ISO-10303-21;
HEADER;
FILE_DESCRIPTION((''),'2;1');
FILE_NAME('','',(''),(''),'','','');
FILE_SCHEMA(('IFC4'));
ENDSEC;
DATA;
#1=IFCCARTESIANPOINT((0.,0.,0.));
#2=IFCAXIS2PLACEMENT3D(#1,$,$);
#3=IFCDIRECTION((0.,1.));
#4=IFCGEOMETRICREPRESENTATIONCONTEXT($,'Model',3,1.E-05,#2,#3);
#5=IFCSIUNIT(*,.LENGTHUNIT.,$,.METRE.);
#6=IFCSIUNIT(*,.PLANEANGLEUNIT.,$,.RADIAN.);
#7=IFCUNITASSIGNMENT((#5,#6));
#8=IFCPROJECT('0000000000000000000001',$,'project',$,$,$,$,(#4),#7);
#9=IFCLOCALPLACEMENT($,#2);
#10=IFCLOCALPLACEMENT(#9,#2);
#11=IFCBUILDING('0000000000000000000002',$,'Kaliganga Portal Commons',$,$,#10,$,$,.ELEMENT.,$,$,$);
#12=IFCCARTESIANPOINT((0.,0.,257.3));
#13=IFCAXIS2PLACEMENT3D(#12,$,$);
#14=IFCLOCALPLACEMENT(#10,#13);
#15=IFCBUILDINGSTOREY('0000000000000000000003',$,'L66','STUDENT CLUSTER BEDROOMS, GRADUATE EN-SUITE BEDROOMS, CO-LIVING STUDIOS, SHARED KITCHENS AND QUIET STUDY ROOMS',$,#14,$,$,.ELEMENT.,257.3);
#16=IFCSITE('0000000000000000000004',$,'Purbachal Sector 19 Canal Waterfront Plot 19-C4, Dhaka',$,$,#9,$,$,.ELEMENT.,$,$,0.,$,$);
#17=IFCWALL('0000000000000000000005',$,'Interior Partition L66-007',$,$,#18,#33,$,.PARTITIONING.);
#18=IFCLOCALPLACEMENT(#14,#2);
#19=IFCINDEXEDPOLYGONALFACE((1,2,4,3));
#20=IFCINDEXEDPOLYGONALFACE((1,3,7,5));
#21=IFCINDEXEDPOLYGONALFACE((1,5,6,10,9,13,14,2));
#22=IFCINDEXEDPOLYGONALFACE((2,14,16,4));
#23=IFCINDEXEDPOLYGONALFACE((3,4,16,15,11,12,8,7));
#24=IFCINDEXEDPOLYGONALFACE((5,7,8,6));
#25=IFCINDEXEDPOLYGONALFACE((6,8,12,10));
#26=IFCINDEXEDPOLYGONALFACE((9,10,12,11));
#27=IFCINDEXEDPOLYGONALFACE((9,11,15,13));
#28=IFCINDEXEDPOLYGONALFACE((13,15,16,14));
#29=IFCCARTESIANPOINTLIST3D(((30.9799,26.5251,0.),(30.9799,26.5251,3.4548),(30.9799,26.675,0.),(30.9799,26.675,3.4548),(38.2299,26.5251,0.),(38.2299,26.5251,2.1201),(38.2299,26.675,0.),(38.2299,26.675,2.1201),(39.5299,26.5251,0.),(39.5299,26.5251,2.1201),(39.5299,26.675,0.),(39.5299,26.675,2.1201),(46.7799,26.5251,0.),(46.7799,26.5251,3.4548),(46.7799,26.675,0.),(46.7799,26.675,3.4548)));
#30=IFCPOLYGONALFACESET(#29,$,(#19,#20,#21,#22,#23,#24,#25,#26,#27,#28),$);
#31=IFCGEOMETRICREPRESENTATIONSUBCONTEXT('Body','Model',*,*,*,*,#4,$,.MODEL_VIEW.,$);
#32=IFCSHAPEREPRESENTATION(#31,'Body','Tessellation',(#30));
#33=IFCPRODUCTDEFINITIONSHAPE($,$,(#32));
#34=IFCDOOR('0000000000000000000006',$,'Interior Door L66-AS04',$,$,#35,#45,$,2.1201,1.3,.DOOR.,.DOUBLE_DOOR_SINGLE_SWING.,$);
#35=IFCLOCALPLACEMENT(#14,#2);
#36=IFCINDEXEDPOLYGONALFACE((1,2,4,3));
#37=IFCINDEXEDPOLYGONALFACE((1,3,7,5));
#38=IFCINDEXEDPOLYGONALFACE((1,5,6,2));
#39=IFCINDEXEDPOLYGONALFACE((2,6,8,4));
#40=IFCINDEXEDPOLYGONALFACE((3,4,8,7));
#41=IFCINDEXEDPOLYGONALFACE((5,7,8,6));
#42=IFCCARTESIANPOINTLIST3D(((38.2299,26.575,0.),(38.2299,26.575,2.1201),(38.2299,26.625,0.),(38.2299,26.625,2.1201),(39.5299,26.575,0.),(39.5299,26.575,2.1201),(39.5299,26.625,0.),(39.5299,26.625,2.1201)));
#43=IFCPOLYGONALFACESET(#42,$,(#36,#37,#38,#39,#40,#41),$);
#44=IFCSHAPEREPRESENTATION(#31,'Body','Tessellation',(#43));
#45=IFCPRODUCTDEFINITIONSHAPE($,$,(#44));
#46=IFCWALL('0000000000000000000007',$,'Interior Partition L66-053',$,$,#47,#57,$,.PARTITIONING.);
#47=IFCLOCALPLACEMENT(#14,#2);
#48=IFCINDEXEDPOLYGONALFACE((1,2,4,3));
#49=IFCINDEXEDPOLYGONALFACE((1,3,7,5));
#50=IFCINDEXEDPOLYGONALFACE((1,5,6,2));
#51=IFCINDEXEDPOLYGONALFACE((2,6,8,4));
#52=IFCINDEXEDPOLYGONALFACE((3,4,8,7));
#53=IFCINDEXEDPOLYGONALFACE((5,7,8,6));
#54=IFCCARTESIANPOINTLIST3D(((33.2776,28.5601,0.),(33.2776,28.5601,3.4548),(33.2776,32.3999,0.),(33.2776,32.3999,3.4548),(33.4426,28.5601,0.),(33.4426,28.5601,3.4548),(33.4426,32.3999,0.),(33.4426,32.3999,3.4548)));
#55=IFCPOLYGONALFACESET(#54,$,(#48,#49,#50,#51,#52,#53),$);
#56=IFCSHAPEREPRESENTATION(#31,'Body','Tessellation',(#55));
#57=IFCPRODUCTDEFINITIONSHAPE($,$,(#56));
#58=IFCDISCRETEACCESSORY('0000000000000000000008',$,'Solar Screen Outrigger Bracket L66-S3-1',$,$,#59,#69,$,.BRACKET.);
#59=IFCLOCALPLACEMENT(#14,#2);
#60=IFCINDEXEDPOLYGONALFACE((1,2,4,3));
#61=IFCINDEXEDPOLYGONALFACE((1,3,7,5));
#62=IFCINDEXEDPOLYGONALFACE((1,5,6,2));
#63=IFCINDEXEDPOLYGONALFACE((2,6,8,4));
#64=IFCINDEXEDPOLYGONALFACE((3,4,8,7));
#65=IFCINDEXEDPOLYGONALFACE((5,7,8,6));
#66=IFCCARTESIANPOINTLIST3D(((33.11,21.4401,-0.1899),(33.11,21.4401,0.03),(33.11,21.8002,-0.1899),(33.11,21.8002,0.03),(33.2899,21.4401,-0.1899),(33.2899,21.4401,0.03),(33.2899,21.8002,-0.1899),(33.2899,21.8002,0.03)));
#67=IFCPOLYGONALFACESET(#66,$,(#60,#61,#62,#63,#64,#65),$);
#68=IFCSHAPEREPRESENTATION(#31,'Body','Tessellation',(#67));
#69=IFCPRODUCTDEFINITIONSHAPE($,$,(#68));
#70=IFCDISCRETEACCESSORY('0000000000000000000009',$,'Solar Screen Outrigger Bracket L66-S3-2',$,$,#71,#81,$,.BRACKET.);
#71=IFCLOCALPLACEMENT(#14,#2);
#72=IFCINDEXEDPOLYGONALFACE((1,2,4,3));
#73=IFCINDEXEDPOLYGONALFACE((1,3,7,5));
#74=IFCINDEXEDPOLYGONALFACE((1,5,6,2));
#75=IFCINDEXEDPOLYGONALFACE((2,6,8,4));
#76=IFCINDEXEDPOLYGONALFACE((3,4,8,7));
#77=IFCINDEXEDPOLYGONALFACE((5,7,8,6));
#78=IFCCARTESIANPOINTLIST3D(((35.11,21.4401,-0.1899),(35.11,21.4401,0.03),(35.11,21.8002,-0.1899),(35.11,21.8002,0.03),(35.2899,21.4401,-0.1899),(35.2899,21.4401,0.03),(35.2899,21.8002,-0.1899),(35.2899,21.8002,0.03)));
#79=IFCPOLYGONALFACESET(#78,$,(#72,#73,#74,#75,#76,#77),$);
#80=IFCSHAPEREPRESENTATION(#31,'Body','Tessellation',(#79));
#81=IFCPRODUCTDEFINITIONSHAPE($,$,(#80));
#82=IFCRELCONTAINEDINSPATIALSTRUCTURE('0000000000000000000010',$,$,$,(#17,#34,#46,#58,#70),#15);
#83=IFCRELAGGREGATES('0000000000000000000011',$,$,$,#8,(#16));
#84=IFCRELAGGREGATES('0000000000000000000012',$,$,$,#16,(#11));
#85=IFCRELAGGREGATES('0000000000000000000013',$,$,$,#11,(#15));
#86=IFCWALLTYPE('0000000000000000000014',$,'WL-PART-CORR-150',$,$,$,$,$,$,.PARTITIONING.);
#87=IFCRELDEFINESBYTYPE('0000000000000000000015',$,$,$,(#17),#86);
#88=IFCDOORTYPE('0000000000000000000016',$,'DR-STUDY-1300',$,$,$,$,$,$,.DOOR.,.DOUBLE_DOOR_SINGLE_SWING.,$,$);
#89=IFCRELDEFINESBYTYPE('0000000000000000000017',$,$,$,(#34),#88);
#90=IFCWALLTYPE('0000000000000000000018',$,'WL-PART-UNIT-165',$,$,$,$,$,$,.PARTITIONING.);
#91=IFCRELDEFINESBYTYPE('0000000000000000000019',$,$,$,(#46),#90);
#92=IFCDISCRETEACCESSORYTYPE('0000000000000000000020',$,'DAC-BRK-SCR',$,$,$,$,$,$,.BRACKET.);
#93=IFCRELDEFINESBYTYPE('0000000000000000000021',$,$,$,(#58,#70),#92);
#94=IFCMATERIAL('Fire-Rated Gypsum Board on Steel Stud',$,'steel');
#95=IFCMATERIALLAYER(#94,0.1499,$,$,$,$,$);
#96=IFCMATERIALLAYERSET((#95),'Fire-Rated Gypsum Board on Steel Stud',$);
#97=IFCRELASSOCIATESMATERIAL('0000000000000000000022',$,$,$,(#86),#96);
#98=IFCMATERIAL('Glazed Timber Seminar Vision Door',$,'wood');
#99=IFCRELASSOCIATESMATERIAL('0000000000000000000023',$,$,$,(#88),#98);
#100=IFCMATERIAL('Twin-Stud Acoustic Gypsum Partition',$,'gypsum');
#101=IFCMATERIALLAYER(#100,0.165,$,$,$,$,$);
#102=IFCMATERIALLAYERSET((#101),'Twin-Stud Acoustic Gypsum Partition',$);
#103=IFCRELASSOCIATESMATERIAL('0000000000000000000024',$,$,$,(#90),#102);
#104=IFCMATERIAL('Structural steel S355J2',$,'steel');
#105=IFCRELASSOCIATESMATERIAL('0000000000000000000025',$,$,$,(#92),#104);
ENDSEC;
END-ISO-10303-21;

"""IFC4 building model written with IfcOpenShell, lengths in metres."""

from ifc_helpers import new_model, si_unit, direction, frame, frame_2d, origin, origin_2d, place, context, subcontext, project, spatial, rectangle, extrude, source, transform, mapped, material, layer, layer_set, type_object, element, fill, save


model = new_model("IFC4")

# Units and contexts
model_context = context("Model", 3, precision=1e-05, world=origin(), true_north=direction((0.0, 1.0)))
body_context = subcontext(model_context, "Body", "Model", "MODEL_VIEW")
ifc_project = project(units=[si_unit("LENGTHUNIT", "METRE"), si_unit("PLANEANGLEUNIT", "RADIAN")], contexts=[model_context])

# Site, building, storey
site_placement = place(None, origin())
site = spatial("IfcSite", under=ifc_project, at=site_placement, Name="Purbachal Sector 19 Canal Waterfront Plot 19-C4, Dhaka", CompositionType="ELEMENT", RefElevation=0.0)
building_placement = place(site_placement, origin())
building = spatial("IfcBuilding", under=site, at=building_placement, Name="Kaliganga Portal Commons", CompositionType="ELEMENT")
storey_placement = place(building_placement, frame((0.0, 0.0, 257.3)))
storey = spatial("IfcBuildingStorey", under=building, at=storey_placement, Name="L66", Description="STUDENT CLUSTER BEDROOMS, GRADUATE EN-SUITE BEDROOMS, CO-LIVING STUDIOS, SHARED KITCHENS AND QUIET STUDY ROOMS", CompositionType="ELEMENT", Elevation=257.3)

# Shared definitions
ifc_material_1 = material(Name="Structural steel S355J2", Category="steel")

# Wall, opening, door
ifc_material_2 = material(Name="Fire-Rated Gypsum Board on Steel Stud", Category="steel")
ifc_layer_1 = layer(ifc_material_2, 0.1499)
ifc_layer_set_1 = layer_set([ifc_layer_1], Name="Fire-Rated Gypsum Board on Steel Stud")
wall_type_1 = type_object("IfcWallType", Name="WL-PART-CORR-150", PredefinedType="PARTITIONING", material=ifc_layer_set_1)
wall_1_placement = place(storey_placement, frame((30.98, 26.6001, 0.0), z_axis=(0.0, 0.0, 1.0), x_axis=(1.0, 0.0, 0.0)))
wall_1 = element("IfcWall", 1, at=wall_1_placement, inside=storey, type_object=wall_type_1, Name="Interior Partition L66-007", PredefinedType="PARTITIONING", context=body_context, shape_type="SweptSolid", body=[
    extrude(rectangle(XDim=15.8, YDim=0.1499, at=frame_2d((7.8999, 0.0))), origin(), (0.0, 0.0, 1.0), 3.4548),
])
opening_1_placement = place(wall_1_placement, frame((7.25, 0.0, 0.0)))
opening_1 = element("IfcOpeningElement", 2, at=opening_1_placement, cuts=wall_1, PredefinedType="OPENING", context=body_context, shape_type="SweptSolid", body=[
    extrude(rectangle(XDim=1.3, YDim=2.1201, at=frame_2d((0.6499, 1.0601))), frame((0.0, 0.085, 0.0), z_axis=(0.0, -1.0, 0.0), x_axis=(1.0, 0.0, 0.0)), (0.0, 0.0, 1.0), 0.1699),
])
ifc_material_3 = material(Name="Glazed Timber Seminar Vision Door", Category="wood")
door_type = type_object("IfcDoorType", Name="DR-STUDY-1300", OperationType="DOUBLE_DOOR_SINGLE_SWING", PredefinedType="DOOR", material=ifc_material_3)
door_1_placement = place(opening_1_placement, origin())
door_1 = element("IfcDoor", 3, at=door_1_placement, inside=storey, type_object=door_type, Name="Interior Door L66-AS04", OperationType="DOUBLE_DOOR_SINGLE_SWING", OverallHeight=2.1201, OverallWidth=1.3, PredefinedType="DOOR", context=body_context, shape_type="SweptSolid", body=[
    extrude(rectangle(XDim=1.3, YDim=2.1201, at=frame_2d((0.6499, 1.0601))), frame((0.0, 0.0249, 0.0), z_axis=(0.0, -1.0, 0.0), x_axis=(1.0, 0.0, 0.0)), (0.0, 0.0, 1.0), 0.05),
])
fill(opening_1, door_1)

# Wall
ifc_material_4 = material(Name="Twin-Stud Acoustic Gypsum Partition", Category="gypsum")
ifc_layer_2 = layer(ifc_material_4, 0.165)
ifc_layer_set_2 = layer_set([ifc_layer_2], Name="Twin-Stud Acoustic Gypsum Partition")
wall_type_2 = type_object("IfcWallType", Name="WL-PART-UNIT-165", PredefinedType="PARTITIONING", material=ifc_layer_set_2)
wall_2_placement = place(storey_placement, frame((33.3601, 28.5601, 0.0), z_axis=(0.0, 0.0, 1.0), x_axis=(0.0, 1.0, 0.0)))
element("IfcWall", 4, at=wall_2_placement, inside=storey, type_object=wall_type_2, Name="Interior Partition L66-053", PredefinedType="PARTITIONING", context=body_context, shape_type="SweptSolid", body=[
    extrude(rectangle(XDim=3.8398, YDim=0.165, at=frame_2d((1.9199, 0.0))), origin(), (0.0, 0.0, 1.0), 3.4548),
])

# Discrete accessories
discrete_accessory_type = type_object("IfcDiscreteAccessoryType", Name="DAC-BRK-SCR", PredefinedType="BRACKET", material=ifc_material_1)
shared_shape_1 = source(origin(), body_context, "Body", "SweptSolid", [
    extrude(rectangle(XDim=0.1799, YDim=0.3601, at=origin_2d()), origin(), (0.0, 0.0, 1.0), 0.22),
])
for number, where, z_axis, x_axis, name in (
    (5, (33.2, 21.6201, -0.1899), (0.0, 0.0, 1.0), (1.0, 0.0, 0.0), "Solar Screen Outrigger Bracket L66-S3-1"),
    (6, (35.2, 21.6201, -0.1899), (0.0, 0.0, 1.0), (1.0, 0.0, 0.0), "Solar Screen Outrigger Bracket L66-S3-2"),
):
    element("IfcDiscreteAccessory", number, at=place(storey_placement, frame(where, z_axis=z_axis, x_axis=x_axis)), inside=storey, type_object=discrete_accessory_type, Name=name, PredefinedType="BRACKET", context=body_context, shape_type="MappedRepresentation", body=[
        mapped(shared_shape_1, transform((0.0, 0.0, 0.0), x_axis=(1.0, 0.0, 0.0), y_axis=(0.0, 1.0, 0.0), z_axis=(0.0, 0.0, 1.0), scale=1.0)),
    ])

save(model, "model.ifc")
